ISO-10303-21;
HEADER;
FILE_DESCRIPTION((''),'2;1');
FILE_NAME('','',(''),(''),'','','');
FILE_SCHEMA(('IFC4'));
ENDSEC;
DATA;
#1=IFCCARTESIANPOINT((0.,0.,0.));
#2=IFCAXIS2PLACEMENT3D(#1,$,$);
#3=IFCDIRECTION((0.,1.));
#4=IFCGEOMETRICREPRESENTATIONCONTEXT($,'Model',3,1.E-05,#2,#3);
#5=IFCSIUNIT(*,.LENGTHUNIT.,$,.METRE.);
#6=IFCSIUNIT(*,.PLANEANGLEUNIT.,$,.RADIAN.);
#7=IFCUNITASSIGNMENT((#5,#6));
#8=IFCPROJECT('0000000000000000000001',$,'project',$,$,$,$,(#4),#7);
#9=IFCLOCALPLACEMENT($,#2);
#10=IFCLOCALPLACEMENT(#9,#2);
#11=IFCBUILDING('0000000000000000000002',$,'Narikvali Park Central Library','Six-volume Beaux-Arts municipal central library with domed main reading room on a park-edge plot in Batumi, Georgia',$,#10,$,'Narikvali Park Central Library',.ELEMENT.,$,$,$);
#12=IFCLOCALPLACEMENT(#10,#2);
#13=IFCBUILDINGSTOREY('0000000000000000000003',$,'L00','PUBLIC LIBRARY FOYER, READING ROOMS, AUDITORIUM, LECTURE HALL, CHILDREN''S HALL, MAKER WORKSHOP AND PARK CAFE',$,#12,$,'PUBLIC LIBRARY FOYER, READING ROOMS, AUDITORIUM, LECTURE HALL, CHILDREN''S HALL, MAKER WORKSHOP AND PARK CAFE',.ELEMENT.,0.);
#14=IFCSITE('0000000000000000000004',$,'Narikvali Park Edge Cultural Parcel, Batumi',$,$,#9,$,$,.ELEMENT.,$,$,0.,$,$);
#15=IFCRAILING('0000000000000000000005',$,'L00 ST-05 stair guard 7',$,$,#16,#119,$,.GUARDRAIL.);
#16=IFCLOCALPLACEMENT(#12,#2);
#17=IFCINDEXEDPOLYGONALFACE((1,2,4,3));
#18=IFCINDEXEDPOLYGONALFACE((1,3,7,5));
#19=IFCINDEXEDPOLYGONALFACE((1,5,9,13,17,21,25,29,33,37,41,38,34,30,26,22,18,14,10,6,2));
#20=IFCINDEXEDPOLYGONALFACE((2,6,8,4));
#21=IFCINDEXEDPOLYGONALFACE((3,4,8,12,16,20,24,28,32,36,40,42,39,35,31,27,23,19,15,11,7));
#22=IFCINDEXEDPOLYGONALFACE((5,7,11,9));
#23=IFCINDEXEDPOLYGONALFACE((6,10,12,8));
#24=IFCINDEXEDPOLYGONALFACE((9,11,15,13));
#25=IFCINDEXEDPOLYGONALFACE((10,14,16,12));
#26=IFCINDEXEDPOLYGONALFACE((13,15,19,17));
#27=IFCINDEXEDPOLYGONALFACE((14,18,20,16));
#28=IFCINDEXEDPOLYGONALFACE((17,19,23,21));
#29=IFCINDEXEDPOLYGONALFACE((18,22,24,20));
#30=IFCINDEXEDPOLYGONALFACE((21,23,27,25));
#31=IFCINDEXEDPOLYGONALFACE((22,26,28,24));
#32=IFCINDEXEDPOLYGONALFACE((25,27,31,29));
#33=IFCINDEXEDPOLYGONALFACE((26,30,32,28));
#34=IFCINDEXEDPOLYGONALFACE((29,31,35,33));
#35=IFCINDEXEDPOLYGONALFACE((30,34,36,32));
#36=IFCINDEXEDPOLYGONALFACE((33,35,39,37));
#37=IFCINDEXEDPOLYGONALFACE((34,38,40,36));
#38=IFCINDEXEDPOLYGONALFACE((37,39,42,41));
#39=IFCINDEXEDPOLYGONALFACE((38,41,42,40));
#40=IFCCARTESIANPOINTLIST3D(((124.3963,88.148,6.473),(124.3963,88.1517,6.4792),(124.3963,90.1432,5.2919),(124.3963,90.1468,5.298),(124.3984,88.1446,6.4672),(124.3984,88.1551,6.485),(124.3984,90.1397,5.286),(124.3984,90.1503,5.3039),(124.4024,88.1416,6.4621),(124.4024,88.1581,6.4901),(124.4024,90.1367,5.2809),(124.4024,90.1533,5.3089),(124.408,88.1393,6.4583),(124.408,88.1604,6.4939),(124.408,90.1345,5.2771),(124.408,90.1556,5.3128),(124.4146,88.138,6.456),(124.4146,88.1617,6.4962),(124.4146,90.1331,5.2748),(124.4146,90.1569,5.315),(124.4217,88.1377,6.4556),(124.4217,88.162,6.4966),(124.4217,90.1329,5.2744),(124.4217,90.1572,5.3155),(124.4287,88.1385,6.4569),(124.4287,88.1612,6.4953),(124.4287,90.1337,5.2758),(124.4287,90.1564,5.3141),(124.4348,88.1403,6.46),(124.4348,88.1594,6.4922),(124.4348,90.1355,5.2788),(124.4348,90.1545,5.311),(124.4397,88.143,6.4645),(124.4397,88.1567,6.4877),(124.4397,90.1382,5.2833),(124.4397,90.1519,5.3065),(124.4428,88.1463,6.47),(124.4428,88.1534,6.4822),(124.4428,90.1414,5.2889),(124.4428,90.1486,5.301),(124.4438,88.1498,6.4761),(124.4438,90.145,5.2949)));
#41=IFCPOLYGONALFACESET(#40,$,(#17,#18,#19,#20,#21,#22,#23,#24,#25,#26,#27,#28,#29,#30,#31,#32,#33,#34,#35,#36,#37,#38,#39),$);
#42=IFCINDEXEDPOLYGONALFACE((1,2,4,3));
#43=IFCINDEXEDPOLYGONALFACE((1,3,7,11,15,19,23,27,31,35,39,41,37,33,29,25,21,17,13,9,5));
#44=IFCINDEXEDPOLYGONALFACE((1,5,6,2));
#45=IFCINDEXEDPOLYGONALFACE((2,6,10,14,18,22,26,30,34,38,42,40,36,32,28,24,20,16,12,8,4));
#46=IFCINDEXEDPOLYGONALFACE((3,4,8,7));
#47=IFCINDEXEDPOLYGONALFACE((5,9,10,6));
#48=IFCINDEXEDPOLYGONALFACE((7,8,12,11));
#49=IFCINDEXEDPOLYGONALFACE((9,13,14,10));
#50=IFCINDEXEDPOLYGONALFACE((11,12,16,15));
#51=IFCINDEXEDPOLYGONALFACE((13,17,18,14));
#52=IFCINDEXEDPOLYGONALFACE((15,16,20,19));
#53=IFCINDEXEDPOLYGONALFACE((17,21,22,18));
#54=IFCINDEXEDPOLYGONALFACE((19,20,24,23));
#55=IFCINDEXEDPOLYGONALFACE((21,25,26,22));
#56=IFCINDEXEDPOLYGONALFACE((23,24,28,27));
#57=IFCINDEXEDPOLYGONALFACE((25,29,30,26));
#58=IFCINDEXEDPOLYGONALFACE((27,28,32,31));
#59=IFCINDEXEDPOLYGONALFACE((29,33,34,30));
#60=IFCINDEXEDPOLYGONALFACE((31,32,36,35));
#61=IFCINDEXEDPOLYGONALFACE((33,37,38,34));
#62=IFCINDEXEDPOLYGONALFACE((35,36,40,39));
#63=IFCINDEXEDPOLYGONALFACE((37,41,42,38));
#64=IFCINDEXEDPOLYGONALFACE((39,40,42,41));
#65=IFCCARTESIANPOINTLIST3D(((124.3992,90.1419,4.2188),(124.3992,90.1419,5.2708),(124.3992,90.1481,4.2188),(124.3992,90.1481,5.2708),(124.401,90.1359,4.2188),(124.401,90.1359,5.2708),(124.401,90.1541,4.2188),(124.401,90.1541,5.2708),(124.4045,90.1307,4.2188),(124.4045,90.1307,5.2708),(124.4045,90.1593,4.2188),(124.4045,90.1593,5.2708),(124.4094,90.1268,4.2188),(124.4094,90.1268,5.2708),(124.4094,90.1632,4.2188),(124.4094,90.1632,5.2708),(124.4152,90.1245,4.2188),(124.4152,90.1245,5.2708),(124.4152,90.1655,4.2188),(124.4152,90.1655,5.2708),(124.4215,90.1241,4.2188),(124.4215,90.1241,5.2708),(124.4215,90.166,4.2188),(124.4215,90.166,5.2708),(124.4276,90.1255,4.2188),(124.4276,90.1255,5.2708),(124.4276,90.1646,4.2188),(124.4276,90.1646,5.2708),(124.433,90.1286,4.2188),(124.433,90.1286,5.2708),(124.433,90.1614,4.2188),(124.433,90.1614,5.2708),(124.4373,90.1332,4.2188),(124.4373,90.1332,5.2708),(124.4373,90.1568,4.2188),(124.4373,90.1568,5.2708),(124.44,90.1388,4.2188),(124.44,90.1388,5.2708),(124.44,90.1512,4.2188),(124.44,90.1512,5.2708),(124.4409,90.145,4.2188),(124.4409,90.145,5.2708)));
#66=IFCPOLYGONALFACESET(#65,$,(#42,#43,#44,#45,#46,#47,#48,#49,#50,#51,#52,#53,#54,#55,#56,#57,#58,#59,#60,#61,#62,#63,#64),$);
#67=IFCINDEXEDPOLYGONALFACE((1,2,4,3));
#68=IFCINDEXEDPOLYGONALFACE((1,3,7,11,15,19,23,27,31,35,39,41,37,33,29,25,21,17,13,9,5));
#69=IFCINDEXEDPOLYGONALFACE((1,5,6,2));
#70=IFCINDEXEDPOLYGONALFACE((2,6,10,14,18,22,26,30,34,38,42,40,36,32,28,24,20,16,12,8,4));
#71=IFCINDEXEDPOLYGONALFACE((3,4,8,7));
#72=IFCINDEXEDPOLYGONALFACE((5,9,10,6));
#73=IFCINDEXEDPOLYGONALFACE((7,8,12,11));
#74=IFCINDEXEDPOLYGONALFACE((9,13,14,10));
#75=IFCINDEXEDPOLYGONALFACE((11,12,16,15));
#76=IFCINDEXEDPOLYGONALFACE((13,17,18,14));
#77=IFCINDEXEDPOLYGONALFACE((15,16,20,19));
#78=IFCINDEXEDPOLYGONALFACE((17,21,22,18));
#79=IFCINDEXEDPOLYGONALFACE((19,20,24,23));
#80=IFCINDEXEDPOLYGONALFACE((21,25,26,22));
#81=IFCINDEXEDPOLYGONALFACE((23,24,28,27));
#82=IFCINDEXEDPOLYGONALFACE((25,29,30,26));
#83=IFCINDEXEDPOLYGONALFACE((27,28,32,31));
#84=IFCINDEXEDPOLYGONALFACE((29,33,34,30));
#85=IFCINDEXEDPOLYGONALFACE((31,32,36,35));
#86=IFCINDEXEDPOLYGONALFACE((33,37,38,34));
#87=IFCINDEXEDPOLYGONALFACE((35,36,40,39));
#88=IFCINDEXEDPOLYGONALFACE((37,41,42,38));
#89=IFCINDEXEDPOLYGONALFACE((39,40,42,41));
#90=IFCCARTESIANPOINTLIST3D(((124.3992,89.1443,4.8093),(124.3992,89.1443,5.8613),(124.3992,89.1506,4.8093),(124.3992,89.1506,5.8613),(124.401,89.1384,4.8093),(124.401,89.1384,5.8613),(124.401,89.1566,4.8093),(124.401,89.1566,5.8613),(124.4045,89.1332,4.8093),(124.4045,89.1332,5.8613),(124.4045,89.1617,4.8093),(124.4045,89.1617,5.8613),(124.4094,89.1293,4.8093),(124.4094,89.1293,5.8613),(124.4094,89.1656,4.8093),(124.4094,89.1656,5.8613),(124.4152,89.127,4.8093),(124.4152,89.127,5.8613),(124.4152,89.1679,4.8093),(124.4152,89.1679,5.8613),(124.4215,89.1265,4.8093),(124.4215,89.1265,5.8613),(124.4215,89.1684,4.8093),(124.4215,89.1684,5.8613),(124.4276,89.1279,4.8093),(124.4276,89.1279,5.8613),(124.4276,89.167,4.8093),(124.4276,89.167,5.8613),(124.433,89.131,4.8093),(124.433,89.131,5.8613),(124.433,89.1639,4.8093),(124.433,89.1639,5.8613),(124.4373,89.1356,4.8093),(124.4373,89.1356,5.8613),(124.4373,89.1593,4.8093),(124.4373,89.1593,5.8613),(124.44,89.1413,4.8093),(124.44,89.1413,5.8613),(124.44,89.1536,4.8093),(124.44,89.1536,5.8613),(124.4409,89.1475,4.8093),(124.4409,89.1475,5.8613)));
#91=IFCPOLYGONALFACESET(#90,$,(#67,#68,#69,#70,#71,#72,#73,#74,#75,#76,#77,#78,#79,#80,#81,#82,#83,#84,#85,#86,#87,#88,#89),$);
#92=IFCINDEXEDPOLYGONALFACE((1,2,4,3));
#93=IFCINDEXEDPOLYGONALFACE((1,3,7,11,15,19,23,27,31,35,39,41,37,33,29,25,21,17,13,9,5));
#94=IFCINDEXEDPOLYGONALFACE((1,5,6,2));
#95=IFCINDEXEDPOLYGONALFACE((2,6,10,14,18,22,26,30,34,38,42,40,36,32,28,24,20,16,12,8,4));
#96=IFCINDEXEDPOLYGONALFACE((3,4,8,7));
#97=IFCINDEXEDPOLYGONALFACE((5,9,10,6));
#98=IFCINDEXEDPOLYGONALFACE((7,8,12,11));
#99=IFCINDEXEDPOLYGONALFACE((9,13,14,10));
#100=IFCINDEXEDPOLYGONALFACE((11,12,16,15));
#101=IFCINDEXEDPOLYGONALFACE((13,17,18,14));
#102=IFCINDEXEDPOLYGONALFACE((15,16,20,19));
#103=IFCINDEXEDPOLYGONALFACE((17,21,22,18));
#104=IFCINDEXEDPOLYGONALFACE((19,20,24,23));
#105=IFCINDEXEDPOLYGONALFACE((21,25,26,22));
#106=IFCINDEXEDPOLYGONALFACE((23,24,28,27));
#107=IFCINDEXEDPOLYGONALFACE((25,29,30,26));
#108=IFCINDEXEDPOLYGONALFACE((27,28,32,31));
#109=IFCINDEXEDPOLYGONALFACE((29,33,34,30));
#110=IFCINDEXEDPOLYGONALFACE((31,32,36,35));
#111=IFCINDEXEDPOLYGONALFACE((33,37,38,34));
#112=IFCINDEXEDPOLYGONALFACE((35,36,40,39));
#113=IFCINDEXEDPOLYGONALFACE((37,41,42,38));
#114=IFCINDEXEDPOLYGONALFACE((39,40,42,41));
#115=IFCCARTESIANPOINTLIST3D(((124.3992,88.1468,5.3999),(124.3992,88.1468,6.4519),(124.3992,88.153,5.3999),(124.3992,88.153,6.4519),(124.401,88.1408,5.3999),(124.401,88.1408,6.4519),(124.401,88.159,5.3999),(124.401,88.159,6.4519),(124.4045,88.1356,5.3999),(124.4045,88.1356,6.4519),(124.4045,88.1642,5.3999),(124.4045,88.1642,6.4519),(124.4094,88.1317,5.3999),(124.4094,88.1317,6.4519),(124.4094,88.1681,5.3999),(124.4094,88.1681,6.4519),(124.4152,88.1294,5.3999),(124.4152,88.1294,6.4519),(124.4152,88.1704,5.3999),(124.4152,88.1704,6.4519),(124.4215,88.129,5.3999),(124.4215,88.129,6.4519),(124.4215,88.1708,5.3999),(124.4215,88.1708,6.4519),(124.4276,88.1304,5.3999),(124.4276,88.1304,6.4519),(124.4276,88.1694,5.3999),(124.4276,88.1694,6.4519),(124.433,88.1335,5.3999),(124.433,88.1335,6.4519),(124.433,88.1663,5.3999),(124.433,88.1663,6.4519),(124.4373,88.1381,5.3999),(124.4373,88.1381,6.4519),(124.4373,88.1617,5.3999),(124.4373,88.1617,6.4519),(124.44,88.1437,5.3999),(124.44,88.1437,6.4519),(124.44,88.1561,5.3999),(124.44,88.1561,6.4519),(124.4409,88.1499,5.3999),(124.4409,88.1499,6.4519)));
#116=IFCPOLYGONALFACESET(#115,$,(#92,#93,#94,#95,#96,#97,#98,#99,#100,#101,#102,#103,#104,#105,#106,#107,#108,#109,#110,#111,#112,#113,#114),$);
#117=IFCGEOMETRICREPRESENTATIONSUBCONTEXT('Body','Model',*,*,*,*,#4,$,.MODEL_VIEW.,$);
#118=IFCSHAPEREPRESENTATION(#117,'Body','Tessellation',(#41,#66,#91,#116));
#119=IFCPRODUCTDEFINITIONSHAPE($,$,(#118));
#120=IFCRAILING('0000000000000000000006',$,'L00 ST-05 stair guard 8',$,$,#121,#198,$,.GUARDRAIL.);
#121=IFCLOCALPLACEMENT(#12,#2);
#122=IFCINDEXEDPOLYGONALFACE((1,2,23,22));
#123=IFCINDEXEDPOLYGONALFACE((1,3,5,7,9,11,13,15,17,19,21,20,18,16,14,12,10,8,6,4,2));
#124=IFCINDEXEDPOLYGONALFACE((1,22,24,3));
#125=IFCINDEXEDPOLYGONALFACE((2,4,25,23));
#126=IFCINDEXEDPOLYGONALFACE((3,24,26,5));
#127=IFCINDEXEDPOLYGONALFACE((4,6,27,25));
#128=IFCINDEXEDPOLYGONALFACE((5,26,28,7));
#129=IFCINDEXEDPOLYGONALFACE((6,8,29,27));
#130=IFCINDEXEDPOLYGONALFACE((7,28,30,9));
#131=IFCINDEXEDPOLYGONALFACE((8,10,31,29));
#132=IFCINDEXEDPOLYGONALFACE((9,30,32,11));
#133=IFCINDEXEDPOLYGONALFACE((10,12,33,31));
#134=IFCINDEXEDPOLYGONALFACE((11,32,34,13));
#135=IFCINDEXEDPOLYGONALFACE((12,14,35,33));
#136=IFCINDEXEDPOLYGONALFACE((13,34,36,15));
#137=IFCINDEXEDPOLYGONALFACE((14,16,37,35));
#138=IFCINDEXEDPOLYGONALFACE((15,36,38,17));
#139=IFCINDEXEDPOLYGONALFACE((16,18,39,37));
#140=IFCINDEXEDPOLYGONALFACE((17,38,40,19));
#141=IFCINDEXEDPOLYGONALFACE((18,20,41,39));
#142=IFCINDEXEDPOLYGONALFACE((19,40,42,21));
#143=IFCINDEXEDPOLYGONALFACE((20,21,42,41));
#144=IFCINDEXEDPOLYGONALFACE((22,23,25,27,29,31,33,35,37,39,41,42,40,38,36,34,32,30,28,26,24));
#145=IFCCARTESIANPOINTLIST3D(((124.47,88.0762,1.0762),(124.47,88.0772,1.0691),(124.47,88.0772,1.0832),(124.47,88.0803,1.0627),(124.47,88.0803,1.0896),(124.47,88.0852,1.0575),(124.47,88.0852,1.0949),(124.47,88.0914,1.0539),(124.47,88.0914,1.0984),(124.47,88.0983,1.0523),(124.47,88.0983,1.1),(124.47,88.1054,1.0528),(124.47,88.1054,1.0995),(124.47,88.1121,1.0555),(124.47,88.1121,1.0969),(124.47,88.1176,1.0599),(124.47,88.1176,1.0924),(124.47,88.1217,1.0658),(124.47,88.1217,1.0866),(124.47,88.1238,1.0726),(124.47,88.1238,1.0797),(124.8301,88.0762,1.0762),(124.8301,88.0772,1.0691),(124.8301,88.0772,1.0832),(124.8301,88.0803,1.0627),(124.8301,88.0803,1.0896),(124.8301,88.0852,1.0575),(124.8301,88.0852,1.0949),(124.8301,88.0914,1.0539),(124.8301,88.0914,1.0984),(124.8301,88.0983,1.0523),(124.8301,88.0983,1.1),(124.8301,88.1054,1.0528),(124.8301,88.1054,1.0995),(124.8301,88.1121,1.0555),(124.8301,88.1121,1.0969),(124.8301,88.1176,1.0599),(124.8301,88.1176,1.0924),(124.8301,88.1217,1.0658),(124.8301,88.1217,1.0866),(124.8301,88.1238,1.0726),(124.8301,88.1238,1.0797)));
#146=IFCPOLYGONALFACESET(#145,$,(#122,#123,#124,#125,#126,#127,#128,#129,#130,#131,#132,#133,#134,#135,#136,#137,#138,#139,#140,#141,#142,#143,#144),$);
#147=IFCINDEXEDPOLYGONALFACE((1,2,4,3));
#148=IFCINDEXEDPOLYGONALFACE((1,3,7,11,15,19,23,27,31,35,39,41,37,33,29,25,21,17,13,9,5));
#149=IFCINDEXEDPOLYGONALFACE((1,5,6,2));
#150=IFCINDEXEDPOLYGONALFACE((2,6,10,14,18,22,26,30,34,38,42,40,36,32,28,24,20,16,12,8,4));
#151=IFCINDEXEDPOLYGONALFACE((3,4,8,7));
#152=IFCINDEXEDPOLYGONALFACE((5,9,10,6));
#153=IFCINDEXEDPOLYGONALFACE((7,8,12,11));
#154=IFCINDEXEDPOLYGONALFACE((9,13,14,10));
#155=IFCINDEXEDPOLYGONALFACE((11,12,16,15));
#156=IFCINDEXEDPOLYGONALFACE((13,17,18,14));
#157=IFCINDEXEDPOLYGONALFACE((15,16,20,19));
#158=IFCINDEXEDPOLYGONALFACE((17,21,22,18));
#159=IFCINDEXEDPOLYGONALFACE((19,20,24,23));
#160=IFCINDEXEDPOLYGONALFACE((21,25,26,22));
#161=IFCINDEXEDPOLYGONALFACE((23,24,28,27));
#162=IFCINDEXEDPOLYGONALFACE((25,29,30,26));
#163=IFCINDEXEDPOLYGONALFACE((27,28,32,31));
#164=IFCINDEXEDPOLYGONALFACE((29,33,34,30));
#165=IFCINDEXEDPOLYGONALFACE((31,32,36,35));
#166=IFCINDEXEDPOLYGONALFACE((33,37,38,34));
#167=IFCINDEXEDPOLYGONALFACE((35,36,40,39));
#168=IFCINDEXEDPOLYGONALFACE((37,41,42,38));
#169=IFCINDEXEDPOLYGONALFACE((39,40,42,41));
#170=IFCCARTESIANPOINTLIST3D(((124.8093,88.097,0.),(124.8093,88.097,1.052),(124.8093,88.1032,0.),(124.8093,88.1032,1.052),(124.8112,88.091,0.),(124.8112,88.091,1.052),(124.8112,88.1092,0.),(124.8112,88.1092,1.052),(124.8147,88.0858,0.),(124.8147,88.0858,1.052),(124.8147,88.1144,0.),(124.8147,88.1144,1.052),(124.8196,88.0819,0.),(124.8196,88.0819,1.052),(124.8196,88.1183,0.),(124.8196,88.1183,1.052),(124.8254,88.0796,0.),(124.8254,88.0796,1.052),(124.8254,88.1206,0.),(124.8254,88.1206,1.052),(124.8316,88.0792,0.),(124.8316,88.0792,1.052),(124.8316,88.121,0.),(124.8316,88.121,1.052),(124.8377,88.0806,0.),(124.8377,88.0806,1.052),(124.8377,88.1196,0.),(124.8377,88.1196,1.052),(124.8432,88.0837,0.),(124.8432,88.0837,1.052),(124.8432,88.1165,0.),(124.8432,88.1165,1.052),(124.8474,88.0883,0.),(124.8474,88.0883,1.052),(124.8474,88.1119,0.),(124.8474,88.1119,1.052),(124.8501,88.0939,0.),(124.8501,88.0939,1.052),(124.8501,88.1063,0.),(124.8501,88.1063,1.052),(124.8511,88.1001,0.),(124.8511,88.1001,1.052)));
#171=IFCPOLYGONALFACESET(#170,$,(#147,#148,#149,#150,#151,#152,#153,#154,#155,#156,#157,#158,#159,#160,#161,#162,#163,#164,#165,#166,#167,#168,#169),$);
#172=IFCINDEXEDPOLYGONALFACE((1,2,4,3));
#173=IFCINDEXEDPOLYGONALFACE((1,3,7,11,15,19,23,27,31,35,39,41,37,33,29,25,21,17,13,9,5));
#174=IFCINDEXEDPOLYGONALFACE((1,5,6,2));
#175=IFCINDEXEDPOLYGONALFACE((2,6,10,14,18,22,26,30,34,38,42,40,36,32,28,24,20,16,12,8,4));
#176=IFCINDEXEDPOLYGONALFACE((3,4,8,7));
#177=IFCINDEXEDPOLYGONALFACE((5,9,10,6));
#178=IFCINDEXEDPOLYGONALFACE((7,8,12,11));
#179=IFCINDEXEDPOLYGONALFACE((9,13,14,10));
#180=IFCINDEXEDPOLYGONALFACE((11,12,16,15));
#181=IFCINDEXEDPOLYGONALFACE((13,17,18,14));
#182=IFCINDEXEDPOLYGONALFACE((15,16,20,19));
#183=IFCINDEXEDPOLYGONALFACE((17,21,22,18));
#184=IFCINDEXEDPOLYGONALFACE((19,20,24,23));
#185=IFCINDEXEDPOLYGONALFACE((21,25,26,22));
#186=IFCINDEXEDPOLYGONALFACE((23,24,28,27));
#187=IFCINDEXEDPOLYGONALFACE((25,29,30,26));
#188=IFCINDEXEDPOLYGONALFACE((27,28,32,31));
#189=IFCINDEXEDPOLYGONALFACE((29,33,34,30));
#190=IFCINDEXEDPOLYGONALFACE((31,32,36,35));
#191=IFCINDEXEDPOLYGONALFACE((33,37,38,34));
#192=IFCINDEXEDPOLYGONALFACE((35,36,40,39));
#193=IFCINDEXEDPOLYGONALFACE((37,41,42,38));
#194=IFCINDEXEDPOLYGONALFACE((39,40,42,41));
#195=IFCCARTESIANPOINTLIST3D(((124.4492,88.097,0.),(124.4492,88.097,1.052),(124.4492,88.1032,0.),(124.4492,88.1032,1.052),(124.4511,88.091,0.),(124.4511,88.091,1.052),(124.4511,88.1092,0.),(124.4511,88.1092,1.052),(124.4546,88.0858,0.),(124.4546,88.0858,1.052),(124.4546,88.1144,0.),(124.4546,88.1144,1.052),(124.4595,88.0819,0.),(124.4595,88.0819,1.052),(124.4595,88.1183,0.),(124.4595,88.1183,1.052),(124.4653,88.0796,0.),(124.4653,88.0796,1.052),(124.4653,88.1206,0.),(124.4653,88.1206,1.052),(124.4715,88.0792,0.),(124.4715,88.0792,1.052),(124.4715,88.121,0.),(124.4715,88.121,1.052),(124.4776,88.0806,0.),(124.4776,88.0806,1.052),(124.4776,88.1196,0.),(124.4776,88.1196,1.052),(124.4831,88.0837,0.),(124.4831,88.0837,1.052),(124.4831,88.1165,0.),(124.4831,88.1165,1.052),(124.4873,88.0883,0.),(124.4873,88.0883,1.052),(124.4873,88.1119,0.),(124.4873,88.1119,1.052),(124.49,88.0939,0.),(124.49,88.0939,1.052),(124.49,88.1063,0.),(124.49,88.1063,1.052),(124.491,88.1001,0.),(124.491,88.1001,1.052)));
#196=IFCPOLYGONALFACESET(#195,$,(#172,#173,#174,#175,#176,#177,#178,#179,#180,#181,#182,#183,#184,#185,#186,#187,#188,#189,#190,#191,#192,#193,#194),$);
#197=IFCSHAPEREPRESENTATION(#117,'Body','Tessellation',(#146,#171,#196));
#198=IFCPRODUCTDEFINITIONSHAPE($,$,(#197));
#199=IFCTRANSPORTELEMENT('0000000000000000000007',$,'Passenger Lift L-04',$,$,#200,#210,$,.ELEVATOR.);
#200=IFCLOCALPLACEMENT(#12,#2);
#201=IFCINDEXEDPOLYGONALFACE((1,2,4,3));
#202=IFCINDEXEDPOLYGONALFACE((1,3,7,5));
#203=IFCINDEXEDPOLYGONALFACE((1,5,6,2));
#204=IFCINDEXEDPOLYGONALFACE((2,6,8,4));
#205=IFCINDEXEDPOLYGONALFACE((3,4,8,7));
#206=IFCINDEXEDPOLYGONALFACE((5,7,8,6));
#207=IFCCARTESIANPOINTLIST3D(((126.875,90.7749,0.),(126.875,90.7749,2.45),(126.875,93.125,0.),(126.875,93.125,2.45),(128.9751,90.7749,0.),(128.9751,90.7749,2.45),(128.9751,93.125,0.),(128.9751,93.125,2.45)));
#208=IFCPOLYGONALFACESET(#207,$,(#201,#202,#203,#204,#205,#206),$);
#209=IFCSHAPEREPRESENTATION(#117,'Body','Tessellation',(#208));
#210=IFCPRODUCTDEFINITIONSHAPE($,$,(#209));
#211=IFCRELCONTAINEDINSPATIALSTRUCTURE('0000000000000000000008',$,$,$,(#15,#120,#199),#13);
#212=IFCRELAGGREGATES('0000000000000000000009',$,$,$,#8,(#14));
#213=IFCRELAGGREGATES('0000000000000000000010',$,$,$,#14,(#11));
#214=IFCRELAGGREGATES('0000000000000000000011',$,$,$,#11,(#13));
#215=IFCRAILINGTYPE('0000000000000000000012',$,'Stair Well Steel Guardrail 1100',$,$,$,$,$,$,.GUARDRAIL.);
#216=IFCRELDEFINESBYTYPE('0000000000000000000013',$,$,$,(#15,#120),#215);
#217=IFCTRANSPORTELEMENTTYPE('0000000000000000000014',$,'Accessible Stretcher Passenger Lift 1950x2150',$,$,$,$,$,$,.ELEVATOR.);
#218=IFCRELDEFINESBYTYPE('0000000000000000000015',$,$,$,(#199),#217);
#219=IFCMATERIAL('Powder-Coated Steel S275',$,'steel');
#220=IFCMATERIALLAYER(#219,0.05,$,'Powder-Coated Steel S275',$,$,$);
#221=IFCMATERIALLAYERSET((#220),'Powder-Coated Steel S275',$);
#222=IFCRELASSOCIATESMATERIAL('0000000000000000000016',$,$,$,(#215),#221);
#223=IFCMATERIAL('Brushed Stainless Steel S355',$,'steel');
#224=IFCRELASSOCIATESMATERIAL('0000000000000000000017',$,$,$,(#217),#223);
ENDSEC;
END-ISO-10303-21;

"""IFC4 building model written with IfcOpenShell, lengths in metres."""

from ifc_helpers import new_model, si_unit, direction, frame, origin, origin_2d, place, context, subcontext, project, spatial, rectangle, circle, extrude, material, layer, layer_set, type_object, element, save


model = new_model("IFC4")

# Units and contexts
model_context = context("Model", 3, precision=1e-05, world=origin(), true_north=direction((0.0, 1.0)))
body_context = subcontext(model_context, "Body", "Model", "MODEL_VIEW")
ifc_project = project(units=[si_unit("LENGTHUNIT", "METRE"), si_unit("PLANEANGLEUNIT", "RADIAN")], contexts=[model_context])

# Site, building, storey
site_placement = place(None, origin())
site = spatial("IfcSite", under=ifc_project, at=site_placement, Name="Narikvali Park Edge Cultural Parcel, Batumi", CompositionType="ELEMENT", RefElevation=0.0)
building_placement = place(site_placement, origin())
building = spatial("IfcBuilding", under=site, at=building_placement, Name="Narikvali Park Central Library", Description="Six-volume Beaux-Arts municipal central library with domed main reading room on a park-edge plot in Batumi, Georgia", LongName="Narikvali Park Central Library", CompositionType="ELEMENT")
storey_placement = place(building_placement, origin())
storey = spatial("IfcBuildingStorey", under=building, at=storey_placement, Name="L00", Description="PUBLIC LIBRARY FOYER, READING ROOMS, AUDITORIUM, LECTURE HALL, CHILDREN'S HALL, MAKER WORKSHOP AND PARK CAFE", LongName="PUBLIC LIBRARY FOYER, READING ROOMS, AUDITORIUM, LECTURE HALL, CHILDREN'S HALL, MAKER WORKSHOP AND PARK CAFE", CompositionType="ELEMENT", Elevation=0.0)

# Shared definitions
ifc_material_1 = material(Name="Brushed Stainless Steel S355", Category="steel")

# Railings
ifc_material_2 = material(Name="Powder-Coated Steel S275", Category="steel")
ifc_layer_1 = layer(ifc_material_2, 0.05, Name="Powder-Coated Steel S275")
ifc_layer_set_1 = layer_set([ifc_layer_1], Name="Powder-Coated Steel S275")
railing_type_1 = type_object("IfcRailingType", Name="Stair Well Steel Guardrail 1100", PredefinedType="GUARDRAIL", material=ifc_layer_set_1)
railing_1_placement = place(storey_placement, frame((124.4199, 90.145, 4.2188)))
element("IfcRailing", 1, at=railing_1_placement, inside=storey, type_object=railing_type_1, Name="L00 ST-05 stair guard 7", PredefinedType="GUARDRAIL", context=body_context, shape_type="SweptSolid", body=[
    extrude(circle(Radius=0.0239, at=origin_2d()), frame((0.0, 0.0, 1.0762), z_axis=(0.0, -0.860507, 0.509439), x_axis=(1.0, 0.0, 0.0)), (0.0, 0.0, 1.0), 2.3186),
    extrude(circle(Radius=0.021, at=origin_2d()), origin(), (0.0, 0.0, 1.0), 1.052),
    extrude(circle(Radius=0.021, at=origin_2d()), frame((0.0, -0.9976, 0.5906)), (0.0, 0.0, 1.0), 1.052),
    extrude(circle(Radius=0.021, at=origin_2d()), frame((0.0, -1.9951, 1.1812)), (0.0, 0.0, 1.0), 1.052),
])
railing_2_placement = place(storey_placement, frame((124.8301, 88.1001, 0.0)))
element("IfcRailing", 2, at=railing_2_placement, inside=storey, type_object=railing_type_1, Name="L00 ST-05 stair guard 8", PredefinedType="GUARDRAIL", context=body_context, shape_type="SweptSolid", body=[
    extrude(circle(Radius=0.0239, at=origin_2d()), frame((0.0, 0.0, 1.0762), z_axis=(-1.0, 0.0, 0.0), x_axis=(0.0, -1.0, 0.0)), (0.0, 0.0, 1.0), 0.3601),
    extrude(circle(Radius=0.021, at=origin_2d()), origin(), (0.0, 0.0, 1.0), 1.052),
    extrude(circle(Radius=0.021, at=origin_2d()), frame((-0.3601, 0.0, 0.0)), (0.0, 0.0, 1.0), 1.052),
])

# Transport element
transport_element_type = type_object("IfcTransportElementType", Name="Accessible Stretcher Passenger Lift 1950x2150", PredefinedType="ELEVATOR", material=ifc_material_1)
transport_element_placement = place(storey_placement, frame((127.925, 91.95, 0.0), z_axis=(0.0, 0.0, 1.0), x_axis=(1.0, 0.0, 0.0)))
element("IfcTransportElement", 3, at=transport_element_placement, inside=storey, type_object=transport_element_type, Name="Passenger Lift L-04", PredefinedType="ELEVATOR", context=body_context, shape_type="SweptSolid", body=[
    extrude(rectangle(XDim=2.1001, YDim=2.3501, at=origin_2d()), origin(), (0.0, 0.0, 1.0), 2.45),
])

save(model, "model.ifc")
